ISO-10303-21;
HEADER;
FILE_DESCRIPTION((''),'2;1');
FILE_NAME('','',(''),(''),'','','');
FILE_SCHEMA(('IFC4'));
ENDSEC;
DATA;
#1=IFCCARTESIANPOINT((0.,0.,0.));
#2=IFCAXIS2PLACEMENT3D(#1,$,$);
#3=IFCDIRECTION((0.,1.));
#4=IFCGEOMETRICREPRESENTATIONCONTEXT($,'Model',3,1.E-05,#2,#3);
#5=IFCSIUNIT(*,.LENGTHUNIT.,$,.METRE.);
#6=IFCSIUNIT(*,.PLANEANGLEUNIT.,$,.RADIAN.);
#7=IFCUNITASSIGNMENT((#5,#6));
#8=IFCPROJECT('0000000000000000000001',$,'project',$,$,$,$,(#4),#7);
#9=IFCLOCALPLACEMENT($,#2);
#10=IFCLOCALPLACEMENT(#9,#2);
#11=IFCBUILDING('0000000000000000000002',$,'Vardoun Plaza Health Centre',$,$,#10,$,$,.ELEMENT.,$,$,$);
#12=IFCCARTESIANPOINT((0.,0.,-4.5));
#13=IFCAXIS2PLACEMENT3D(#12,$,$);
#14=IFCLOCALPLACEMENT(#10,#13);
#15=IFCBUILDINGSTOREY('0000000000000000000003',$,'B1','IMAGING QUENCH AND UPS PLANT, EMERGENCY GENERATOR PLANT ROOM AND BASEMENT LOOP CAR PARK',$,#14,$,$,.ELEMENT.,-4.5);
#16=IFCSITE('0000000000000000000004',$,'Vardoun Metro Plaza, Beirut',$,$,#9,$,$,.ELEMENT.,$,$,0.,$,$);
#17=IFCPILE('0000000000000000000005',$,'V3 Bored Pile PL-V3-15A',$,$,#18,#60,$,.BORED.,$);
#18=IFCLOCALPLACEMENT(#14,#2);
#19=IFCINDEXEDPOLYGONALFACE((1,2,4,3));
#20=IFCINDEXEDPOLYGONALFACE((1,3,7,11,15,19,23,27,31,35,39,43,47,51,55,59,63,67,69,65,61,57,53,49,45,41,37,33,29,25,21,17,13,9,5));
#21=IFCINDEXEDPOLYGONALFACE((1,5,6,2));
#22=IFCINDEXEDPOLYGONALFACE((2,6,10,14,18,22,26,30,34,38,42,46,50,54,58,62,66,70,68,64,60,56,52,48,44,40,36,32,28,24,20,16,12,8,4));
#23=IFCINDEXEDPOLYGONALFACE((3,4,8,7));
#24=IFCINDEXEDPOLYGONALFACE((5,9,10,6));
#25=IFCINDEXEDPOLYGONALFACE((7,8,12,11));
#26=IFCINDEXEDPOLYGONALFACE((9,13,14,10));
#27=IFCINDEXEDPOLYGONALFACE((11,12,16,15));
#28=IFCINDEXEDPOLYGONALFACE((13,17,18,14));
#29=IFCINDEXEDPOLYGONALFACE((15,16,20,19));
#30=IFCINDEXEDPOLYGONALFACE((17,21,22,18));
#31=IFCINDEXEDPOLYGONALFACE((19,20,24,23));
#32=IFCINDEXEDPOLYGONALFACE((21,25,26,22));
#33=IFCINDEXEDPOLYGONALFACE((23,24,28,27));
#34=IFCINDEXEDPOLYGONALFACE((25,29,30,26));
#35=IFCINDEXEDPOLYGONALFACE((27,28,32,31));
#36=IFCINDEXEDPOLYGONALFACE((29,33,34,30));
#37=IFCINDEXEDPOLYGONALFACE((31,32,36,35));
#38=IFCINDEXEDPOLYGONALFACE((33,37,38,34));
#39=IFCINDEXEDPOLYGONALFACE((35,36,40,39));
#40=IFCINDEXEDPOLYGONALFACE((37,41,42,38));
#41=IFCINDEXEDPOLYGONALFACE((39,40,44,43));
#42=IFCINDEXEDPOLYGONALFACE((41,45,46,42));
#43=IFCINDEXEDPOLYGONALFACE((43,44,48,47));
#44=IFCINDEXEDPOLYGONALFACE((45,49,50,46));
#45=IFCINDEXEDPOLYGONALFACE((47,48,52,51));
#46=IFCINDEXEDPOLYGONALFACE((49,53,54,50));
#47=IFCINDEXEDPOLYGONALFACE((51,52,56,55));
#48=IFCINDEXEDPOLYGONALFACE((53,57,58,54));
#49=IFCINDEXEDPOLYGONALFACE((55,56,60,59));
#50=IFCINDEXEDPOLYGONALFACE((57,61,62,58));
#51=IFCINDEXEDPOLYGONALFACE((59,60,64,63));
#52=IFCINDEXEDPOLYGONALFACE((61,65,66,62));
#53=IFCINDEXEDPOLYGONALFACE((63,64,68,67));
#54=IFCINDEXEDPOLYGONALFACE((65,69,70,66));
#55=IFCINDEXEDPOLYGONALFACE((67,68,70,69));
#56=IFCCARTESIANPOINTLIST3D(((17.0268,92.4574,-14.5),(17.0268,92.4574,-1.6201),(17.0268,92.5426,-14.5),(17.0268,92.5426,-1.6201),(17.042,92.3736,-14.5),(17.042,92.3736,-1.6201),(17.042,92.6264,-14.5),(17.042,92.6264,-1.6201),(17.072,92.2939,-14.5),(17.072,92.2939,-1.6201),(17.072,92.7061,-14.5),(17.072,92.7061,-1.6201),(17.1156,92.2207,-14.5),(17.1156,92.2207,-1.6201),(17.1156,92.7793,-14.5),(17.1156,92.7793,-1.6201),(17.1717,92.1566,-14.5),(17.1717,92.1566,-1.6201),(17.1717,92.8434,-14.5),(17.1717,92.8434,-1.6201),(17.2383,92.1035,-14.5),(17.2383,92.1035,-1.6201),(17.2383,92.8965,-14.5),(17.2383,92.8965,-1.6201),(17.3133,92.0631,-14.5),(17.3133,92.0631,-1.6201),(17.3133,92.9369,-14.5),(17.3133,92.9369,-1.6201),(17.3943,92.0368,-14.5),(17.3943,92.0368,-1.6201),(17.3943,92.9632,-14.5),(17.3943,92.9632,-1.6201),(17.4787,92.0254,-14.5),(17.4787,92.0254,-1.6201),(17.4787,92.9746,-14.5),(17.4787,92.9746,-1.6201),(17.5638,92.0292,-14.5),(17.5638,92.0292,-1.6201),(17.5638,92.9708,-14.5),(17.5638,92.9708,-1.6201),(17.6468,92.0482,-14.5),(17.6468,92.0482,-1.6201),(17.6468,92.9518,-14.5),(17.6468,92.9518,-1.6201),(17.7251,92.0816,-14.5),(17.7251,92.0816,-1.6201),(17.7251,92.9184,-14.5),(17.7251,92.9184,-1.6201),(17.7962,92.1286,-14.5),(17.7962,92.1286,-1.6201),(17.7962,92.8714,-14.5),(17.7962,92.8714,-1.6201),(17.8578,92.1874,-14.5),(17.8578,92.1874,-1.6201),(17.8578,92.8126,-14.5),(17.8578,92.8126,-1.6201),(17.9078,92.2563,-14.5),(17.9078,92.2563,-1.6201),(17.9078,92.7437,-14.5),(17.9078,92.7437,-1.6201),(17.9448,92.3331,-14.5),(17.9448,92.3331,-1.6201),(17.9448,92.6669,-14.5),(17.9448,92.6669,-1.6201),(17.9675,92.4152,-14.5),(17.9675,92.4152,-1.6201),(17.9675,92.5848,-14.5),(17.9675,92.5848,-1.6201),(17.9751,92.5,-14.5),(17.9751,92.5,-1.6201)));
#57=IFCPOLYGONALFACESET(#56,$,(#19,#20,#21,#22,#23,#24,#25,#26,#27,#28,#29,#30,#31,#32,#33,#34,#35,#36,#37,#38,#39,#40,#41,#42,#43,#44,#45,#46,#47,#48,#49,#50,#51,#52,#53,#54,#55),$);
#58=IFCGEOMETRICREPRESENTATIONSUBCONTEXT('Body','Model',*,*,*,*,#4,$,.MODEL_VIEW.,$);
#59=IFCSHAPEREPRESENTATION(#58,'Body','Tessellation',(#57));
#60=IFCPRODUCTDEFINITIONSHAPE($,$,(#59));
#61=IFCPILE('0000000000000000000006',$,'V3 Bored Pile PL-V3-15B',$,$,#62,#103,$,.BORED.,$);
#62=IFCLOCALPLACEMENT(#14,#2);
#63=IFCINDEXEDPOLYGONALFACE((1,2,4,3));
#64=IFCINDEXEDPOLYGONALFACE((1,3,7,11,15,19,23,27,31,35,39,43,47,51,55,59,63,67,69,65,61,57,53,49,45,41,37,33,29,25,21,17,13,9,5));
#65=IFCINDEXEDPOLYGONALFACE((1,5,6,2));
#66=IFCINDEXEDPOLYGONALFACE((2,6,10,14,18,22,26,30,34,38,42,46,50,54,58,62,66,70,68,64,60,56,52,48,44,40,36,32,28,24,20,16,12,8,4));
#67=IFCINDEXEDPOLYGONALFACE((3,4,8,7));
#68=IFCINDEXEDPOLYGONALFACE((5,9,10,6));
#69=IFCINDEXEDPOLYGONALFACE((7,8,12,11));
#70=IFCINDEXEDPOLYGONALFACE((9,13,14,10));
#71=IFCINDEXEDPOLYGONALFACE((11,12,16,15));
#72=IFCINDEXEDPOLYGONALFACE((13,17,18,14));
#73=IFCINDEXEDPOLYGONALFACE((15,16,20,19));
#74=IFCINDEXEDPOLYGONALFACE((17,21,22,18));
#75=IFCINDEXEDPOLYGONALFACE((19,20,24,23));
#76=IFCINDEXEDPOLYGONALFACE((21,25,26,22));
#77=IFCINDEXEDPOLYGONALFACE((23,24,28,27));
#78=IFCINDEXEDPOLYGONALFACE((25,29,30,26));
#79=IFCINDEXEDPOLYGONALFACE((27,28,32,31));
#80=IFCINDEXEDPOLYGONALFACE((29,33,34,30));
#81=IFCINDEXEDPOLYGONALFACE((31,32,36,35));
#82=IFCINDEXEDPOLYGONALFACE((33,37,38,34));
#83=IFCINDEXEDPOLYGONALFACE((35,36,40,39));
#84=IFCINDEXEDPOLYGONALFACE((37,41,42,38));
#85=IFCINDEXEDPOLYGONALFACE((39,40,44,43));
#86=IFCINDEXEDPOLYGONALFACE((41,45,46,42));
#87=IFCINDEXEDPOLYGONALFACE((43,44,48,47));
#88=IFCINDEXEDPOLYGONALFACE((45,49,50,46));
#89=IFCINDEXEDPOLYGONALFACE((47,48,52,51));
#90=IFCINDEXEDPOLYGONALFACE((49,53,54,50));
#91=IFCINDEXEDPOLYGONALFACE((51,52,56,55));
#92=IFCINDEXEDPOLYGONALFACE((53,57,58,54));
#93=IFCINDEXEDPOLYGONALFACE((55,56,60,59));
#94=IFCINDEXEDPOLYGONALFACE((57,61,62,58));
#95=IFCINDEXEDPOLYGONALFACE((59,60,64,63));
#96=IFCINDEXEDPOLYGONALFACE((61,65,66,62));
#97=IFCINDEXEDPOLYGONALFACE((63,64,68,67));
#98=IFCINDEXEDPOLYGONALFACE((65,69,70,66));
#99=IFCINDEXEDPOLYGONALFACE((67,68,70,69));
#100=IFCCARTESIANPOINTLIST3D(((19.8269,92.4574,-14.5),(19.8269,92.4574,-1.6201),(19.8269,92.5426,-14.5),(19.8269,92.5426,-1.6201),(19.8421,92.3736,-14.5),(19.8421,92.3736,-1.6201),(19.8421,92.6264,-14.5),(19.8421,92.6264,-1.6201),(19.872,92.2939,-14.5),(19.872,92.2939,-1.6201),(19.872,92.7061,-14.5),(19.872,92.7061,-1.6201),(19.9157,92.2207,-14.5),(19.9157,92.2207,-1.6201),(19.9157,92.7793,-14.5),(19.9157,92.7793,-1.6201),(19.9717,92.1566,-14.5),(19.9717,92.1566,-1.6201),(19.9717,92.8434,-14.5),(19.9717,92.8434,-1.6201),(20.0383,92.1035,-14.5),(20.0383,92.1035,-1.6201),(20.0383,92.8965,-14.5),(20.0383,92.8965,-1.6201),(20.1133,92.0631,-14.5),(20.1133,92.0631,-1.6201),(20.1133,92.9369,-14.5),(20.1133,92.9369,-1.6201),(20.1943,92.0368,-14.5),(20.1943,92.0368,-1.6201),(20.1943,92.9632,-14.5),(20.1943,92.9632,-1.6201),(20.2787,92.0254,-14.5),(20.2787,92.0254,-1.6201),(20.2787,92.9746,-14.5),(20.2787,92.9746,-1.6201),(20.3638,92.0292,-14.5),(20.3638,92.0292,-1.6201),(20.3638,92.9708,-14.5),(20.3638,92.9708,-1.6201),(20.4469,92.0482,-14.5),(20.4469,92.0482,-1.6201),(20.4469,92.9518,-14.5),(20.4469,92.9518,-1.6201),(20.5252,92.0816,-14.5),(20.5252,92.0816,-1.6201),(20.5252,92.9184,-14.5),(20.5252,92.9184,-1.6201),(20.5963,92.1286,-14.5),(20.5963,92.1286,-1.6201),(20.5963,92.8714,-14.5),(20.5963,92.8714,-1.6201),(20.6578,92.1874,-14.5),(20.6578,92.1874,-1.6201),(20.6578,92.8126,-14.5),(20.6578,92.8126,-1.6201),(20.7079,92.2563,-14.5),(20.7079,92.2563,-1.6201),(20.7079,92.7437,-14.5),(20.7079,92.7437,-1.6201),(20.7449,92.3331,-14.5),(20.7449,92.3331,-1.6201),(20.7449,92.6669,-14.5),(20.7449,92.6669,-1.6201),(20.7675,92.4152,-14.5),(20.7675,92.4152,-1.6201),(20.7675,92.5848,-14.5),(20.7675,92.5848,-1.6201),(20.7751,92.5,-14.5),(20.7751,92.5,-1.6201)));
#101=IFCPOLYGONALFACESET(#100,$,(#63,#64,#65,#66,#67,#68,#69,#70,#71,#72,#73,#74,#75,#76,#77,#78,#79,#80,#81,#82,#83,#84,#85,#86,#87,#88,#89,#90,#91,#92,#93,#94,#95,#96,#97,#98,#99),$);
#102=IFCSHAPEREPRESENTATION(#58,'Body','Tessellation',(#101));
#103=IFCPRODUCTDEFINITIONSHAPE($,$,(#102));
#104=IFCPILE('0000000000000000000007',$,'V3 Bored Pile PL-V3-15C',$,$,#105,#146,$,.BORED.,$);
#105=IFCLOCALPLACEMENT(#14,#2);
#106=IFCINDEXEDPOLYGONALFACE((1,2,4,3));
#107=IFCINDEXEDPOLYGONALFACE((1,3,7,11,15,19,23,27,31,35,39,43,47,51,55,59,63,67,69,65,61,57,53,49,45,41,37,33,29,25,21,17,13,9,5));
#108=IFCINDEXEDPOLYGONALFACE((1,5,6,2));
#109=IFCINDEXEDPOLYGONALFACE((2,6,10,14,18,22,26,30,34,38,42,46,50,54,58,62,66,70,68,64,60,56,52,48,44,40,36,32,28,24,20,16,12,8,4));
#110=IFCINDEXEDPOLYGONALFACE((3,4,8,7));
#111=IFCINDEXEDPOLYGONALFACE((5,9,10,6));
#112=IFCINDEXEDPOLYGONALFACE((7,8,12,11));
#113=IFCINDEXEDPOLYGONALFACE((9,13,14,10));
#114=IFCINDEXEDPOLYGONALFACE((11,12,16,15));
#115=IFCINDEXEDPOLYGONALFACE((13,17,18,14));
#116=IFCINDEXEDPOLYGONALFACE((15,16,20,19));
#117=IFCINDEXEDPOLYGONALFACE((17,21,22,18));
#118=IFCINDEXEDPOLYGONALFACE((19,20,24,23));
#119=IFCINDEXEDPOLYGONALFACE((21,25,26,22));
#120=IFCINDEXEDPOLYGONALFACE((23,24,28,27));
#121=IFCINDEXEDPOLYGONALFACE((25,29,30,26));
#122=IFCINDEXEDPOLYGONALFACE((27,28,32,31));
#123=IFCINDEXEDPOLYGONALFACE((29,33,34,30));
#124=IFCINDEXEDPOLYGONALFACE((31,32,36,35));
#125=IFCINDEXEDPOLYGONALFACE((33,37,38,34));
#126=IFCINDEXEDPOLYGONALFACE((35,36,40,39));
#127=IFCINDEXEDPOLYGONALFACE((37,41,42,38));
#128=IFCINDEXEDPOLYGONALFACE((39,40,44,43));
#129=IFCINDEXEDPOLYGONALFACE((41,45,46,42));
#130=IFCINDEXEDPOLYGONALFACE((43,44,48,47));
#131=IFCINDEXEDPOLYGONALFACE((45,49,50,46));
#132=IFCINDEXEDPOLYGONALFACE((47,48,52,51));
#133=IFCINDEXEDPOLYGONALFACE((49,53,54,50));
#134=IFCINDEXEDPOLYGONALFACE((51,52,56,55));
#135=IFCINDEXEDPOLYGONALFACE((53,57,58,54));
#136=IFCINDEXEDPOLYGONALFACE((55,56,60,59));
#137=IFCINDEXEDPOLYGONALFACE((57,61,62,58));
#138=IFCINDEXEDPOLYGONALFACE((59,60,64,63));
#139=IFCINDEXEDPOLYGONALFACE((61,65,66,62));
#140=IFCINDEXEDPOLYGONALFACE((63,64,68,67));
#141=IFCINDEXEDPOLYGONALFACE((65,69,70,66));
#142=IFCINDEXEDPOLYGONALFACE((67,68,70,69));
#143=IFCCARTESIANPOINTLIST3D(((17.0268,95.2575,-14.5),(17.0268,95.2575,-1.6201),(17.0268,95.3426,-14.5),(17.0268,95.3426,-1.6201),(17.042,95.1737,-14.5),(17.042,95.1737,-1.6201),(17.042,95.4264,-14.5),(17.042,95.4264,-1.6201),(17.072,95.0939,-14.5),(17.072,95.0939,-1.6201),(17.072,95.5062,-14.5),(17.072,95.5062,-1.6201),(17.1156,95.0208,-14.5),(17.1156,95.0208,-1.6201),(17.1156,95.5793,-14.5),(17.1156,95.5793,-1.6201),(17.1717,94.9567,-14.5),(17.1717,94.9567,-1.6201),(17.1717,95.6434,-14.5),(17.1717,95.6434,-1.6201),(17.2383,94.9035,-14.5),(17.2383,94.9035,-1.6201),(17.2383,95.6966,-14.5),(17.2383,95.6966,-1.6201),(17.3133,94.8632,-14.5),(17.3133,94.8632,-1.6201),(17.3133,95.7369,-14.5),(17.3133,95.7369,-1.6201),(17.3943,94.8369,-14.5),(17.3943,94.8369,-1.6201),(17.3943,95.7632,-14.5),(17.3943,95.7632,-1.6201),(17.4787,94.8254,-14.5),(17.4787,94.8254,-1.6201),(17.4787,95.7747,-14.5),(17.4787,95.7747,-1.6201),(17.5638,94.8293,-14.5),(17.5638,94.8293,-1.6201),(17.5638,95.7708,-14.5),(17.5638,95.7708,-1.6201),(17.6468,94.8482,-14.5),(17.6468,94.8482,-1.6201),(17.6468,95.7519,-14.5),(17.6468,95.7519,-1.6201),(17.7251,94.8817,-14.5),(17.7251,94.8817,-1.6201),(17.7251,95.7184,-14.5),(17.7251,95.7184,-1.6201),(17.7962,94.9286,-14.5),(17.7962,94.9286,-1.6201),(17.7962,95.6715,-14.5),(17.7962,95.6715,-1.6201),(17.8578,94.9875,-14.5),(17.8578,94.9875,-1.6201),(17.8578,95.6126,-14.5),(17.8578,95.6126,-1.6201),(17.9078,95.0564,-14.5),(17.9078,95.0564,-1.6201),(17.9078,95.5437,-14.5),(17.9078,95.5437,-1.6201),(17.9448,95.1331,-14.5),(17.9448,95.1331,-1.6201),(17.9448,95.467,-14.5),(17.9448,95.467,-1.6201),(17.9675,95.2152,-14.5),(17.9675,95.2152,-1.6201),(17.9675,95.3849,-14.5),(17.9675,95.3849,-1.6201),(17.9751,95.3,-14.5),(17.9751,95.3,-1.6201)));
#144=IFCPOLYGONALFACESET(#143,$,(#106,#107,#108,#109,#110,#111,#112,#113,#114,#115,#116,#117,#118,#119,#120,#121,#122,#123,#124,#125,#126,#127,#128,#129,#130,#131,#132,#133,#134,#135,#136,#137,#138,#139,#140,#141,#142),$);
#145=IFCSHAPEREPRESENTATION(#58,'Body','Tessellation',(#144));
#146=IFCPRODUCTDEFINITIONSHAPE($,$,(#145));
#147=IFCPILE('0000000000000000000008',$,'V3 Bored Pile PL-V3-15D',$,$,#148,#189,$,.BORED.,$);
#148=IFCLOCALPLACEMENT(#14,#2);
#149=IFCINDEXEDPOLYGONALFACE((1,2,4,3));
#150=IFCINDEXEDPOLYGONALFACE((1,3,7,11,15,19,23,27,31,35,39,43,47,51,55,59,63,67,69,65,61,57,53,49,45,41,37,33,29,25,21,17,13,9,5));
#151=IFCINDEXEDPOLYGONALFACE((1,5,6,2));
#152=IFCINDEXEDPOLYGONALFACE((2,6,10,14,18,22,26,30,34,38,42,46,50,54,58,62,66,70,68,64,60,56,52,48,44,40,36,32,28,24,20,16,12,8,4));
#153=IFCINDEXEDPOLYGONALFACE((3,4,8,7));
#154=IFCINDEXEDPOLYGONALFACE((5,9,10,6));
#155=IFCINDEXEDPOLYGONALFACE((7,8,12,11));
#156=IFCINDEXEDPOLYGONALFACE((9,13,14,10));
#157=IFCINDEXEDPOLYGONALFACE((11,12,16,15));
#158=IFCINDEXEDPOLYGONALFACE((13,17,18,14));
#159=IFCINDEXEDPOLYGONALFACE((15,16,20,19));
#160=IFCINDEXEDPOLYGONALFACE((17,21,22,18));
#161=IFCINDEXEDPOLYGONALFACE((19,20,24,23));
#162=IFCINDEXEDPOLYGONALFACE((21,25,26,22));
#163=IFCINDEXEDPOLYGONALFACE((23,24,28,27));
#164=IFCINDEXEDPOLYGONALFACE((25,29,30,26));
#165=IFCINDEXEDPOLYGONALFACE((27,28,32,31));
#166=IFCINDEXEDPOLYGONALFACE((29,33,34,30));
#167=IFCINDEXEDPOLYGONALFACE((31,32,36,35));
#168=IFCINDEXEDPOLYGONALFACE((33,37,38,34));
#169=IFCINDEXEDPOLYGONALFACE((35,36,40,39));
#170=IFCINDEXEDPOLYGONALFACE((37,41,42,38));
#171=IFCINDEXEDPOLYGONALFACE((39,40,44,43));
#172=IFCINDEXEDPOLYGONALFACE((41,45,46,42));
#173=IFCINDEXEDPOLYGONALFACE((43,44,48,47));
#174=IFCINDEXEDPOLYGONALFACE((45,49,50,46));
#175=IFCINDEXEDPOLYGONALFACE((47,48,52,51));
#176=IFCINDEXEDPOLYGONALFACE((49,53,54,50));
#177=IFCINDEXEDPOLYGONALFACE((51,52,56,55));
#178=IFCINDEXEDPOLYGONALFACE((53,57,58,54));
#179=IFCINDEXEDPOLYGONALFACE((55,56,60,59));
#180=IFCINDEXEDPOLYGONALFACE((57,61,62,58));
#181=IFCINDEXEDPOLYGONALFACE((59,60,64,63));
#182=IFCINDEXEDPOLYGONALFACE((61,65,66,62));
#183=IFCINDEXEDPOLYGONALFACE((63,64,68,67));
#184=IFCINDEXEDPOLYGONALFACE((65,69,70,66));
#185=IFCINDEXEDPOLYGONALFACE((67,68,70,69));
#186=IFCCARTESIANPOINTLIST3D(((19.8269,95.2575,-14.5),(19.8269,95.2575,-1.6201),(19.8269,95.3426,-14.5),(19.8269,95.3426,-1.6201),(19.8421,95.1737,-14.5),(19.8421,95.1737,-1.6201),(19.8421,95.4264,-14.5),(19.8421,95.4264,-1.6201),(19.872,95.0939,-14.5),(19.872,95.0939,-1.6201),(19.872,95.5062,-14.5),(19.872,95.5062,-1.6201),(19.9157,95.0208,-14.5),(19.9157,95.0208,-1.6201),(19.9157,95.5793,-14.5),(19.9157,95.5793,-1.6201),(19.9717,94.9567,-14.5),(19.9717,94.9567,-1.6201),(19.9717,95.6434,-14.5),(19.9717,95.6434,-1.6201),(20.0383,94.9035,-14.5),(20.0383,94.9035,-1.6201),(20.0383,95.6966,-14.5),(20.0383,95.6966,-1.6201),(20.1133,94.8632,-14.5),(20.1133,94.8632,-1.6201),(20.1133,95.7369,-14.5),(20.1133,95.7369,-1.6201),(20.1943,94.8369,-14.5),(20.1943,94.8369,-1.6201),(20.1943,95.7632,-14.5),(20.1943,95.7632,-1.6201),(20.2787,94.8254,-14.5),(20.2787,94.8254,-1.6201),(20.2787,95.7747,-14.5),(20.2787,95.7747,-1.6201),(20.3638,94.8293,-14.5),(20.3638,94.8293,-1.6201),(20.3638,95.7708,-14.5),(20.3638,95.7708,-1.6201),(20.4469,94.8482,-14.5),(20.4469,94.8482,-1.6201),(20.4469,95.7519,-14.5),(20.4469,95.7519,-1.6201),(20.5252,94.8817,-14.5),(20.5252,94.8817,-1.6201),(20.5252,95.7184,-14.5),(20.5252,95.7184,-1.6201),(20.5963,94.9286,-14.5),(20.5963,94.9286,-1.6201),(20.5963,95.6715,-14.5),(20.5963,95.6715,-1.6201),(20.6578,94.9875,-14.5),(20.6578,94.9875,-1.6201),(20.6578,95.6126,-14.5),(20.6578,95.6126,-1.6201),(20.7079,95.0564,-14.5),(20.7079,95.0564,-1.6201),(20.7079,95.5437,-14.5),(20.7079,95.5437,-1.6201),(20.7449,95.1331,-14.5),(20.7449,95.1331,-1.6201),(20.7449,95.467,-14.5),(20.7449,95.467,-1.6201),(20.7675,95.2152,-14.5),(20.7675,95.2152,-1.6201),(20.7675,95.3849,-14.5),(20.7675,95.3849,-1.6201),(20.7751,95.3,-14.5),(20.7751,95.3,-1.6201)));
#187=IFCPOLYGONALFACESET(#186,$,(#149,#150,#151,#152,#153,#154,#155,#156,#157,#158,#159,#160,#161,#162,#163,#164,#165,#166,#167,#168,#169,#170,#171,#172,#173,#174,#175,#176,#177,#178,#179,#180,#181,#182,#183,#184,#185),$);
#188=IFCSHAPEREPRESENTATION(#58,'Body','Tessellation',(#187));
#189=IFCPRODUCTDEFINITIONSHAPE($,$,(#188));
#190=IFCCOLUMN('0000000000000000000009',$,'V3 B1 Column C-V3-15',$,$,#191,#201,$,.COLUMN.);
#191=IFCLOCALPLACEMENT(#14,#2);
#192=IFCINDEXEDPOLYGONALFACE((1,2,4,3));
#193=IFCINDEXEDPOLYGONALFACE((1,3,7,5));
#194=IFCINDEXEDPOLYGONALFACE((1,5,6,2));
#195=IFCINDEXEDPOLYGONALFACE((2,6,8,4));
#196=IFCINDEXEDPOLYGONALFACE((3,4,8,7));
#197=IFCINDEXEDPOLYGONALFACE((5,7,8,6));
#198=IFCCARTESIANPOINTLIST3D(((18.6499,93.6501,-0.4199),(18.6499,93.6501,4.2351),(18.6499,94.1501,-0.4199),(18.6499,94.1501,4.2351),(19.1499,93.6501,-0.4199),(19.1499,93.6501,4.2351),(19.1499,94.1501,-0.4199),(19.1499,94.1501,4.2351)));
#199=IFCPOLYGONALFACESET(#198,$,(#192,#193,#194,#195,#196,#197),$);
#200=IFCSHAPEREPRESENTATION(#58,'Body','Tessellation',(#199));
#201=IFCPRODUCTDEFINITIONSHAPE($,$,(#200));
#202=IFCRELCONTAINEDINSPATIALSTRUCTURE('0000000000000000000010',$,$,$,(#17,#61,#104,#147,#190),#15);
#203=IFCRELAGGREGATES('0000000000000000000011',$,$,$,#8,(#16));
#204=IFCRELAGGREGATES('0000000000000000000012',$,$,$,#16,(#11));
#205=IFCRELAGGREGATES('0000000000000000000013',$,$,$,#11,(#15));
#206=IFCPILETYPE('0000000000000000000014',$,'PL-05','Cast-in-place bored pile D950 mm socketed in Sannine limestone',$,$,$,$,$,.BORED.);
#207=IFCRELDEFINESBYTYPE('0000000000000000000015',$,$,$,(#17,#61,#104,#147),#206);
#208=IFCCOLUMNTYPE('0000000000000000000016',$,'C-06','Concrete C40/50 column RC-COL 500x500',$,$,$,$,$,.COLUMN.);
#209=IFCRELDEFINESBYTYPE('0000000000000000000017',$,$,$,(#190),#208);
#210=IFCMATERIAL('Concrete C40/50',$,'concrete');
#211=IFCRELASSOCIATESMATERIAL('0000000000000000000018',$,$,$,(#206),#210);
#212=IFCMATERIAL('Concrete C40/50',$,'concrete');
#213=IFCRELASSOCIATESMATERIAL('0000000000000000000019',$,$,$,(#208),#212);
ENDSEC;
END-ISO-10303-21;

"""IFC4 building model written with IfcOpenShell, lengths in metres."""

from ifc_helpers import new_model, si_unit, direction, frame, origin, origin_2d, place, context, subcontext, project, spatial, rectangle, circle, extrude, material, material_profile, profile_set, type_object, element, save


model = new_model("IFC4")

# Units and contexts
model_context = context("Model", 3, precision=1e-05, world=origin(), true_north=direction((0.0, 1.0)))
body_context = subcontext(model_context, "Body", "Model", "MODEL_VIEW")
ifc_project = project(units=[si_unit("LENGTHUNIT", "METRE"), si_unit("PLANEANGLEUNIT", "RADIAN")], contexts=[model_context])

# Site, building, storey
site_placement = place(None, origin())
site = spatial("IfcSite", under=ifc_project, at=site_placement, Name="Vardoun Metro Plaza, Beirut", CompositionType="ELEMENT", RefElevation=0.0)
building_placement = place(site_placement, origin())
building = spatial("IfcBuilding", under=site, at=building_placement, Name="Vardoun Plaza Health Centre", CompositionType="ELEMENT")
storey_placement = place(building_placement, frame((0.0, 0.0, -4.5)))
storey = spatial("IfcBuildingStorey", under=building, at=storey_placement, Name="B1", Description="IMAGING QUENCH AND UPS PLANT, EMERGENCY GENERATOR PLANT ROOM AND BASEMENT LOOP CAR PARK", CompositionType="ELEMENT", Elevation=-4.5)

# Piles
ifc_material_1 = material(Name="Concrete C40/50", Category="concrete")
ifc_material_profile_1 = material_profile(ifc_material_1, circle(Radius=0.4751, at=origin_2d()), Name="PILE D950")
ifc_profile_set_1 = profile_set([ifc_material_profile_1], Name="Concrete C40/50")
pile_type_1 = type_object("IfcPileType", Name="PL-05", Description="Cast-in-place bored pile D950 mm socketed in Sannine limestone", PredefinedType="BORED", material=ifc_profile_set_1)
for number, where, z_axis, x_axis, name in (
    (1, (17.5, 92.5, -1.6201), (0.0, 0.0, -1.0), (1.0, 0.0, 0.0), "V3 Bored Pile PL-V3-15A"),
    (2, (20.3, 92.5, -1.6201), (0.0, 0.0, -1.0), (1.0, 0.0, 0.0), "V3 Bored Pile PL-V3-15B"),
    (3, (17.5, 95.3, -1.6201), (0.0, 0.0, -1.0), (1.0, 0.0, 0.0), "V3 Bored Pile PL-V3-15C"),
    (4, (20.3, 95.3, -1.6201), (0.0, 0.0, -1.0), (1.0, 0.0, 0.0), "V3 Bored Pile PL-V3-15D"),
):
    element("IfcPile", number, at=place(storey_placement, frame(where, z_axis=z_axis, x_axis=x_axis)), inside=storey, type_object=pile_type_1, Name=name, PredefinedType="BORED", context=body_context, shape_type="SweptSolid", body=[
        extrude(circle(Radius=0.4751, at=origin_2d()), origin(), (0.0, 0.0, 1.0), 12.8799),
    ])

# Column
ifc_material_2 = material(Name="Concrete C40/50", Category="concrete")
ifc_material_profile_2 = material_profile(ifc_material_2, rectangle(XDim=0.5, YDim=0.5, at=origin_2d()), Name="RC-COL 500x500")
ifc_profile_set_2 = profile_set([ifc_material_profile_2], Name="Concrete C40/50")
column_type_1 = type_object("IfcColumnType", Name="C-06", Description="Concrete C40/50 column RC-COL 500x500", PredefinedType="COLUMN", material=ifc_profile_set_2)
column_1_placement = place(storey_placement, frame((18.8999, 93.9001, -0.4199), z_axis=(0.0, 0.0, 1.0), x_axis=(1.0, 0.0, 0.0)))
element("IfcColumn", 5, at=column_1_placement, inside=storey, type_object=column_type_1, Name="V3 B1 Column C-V3-15", PredefinedType="COLUMN", context=body_context, shape_type="SweptSolid", body=[
    extrude(rectangle(XDim=0.5, YDim=0.5, at=origin_2d()), origin(), (0.0, 0.0, 1.0), 4.655),
])

save(model, "model.ifc")
